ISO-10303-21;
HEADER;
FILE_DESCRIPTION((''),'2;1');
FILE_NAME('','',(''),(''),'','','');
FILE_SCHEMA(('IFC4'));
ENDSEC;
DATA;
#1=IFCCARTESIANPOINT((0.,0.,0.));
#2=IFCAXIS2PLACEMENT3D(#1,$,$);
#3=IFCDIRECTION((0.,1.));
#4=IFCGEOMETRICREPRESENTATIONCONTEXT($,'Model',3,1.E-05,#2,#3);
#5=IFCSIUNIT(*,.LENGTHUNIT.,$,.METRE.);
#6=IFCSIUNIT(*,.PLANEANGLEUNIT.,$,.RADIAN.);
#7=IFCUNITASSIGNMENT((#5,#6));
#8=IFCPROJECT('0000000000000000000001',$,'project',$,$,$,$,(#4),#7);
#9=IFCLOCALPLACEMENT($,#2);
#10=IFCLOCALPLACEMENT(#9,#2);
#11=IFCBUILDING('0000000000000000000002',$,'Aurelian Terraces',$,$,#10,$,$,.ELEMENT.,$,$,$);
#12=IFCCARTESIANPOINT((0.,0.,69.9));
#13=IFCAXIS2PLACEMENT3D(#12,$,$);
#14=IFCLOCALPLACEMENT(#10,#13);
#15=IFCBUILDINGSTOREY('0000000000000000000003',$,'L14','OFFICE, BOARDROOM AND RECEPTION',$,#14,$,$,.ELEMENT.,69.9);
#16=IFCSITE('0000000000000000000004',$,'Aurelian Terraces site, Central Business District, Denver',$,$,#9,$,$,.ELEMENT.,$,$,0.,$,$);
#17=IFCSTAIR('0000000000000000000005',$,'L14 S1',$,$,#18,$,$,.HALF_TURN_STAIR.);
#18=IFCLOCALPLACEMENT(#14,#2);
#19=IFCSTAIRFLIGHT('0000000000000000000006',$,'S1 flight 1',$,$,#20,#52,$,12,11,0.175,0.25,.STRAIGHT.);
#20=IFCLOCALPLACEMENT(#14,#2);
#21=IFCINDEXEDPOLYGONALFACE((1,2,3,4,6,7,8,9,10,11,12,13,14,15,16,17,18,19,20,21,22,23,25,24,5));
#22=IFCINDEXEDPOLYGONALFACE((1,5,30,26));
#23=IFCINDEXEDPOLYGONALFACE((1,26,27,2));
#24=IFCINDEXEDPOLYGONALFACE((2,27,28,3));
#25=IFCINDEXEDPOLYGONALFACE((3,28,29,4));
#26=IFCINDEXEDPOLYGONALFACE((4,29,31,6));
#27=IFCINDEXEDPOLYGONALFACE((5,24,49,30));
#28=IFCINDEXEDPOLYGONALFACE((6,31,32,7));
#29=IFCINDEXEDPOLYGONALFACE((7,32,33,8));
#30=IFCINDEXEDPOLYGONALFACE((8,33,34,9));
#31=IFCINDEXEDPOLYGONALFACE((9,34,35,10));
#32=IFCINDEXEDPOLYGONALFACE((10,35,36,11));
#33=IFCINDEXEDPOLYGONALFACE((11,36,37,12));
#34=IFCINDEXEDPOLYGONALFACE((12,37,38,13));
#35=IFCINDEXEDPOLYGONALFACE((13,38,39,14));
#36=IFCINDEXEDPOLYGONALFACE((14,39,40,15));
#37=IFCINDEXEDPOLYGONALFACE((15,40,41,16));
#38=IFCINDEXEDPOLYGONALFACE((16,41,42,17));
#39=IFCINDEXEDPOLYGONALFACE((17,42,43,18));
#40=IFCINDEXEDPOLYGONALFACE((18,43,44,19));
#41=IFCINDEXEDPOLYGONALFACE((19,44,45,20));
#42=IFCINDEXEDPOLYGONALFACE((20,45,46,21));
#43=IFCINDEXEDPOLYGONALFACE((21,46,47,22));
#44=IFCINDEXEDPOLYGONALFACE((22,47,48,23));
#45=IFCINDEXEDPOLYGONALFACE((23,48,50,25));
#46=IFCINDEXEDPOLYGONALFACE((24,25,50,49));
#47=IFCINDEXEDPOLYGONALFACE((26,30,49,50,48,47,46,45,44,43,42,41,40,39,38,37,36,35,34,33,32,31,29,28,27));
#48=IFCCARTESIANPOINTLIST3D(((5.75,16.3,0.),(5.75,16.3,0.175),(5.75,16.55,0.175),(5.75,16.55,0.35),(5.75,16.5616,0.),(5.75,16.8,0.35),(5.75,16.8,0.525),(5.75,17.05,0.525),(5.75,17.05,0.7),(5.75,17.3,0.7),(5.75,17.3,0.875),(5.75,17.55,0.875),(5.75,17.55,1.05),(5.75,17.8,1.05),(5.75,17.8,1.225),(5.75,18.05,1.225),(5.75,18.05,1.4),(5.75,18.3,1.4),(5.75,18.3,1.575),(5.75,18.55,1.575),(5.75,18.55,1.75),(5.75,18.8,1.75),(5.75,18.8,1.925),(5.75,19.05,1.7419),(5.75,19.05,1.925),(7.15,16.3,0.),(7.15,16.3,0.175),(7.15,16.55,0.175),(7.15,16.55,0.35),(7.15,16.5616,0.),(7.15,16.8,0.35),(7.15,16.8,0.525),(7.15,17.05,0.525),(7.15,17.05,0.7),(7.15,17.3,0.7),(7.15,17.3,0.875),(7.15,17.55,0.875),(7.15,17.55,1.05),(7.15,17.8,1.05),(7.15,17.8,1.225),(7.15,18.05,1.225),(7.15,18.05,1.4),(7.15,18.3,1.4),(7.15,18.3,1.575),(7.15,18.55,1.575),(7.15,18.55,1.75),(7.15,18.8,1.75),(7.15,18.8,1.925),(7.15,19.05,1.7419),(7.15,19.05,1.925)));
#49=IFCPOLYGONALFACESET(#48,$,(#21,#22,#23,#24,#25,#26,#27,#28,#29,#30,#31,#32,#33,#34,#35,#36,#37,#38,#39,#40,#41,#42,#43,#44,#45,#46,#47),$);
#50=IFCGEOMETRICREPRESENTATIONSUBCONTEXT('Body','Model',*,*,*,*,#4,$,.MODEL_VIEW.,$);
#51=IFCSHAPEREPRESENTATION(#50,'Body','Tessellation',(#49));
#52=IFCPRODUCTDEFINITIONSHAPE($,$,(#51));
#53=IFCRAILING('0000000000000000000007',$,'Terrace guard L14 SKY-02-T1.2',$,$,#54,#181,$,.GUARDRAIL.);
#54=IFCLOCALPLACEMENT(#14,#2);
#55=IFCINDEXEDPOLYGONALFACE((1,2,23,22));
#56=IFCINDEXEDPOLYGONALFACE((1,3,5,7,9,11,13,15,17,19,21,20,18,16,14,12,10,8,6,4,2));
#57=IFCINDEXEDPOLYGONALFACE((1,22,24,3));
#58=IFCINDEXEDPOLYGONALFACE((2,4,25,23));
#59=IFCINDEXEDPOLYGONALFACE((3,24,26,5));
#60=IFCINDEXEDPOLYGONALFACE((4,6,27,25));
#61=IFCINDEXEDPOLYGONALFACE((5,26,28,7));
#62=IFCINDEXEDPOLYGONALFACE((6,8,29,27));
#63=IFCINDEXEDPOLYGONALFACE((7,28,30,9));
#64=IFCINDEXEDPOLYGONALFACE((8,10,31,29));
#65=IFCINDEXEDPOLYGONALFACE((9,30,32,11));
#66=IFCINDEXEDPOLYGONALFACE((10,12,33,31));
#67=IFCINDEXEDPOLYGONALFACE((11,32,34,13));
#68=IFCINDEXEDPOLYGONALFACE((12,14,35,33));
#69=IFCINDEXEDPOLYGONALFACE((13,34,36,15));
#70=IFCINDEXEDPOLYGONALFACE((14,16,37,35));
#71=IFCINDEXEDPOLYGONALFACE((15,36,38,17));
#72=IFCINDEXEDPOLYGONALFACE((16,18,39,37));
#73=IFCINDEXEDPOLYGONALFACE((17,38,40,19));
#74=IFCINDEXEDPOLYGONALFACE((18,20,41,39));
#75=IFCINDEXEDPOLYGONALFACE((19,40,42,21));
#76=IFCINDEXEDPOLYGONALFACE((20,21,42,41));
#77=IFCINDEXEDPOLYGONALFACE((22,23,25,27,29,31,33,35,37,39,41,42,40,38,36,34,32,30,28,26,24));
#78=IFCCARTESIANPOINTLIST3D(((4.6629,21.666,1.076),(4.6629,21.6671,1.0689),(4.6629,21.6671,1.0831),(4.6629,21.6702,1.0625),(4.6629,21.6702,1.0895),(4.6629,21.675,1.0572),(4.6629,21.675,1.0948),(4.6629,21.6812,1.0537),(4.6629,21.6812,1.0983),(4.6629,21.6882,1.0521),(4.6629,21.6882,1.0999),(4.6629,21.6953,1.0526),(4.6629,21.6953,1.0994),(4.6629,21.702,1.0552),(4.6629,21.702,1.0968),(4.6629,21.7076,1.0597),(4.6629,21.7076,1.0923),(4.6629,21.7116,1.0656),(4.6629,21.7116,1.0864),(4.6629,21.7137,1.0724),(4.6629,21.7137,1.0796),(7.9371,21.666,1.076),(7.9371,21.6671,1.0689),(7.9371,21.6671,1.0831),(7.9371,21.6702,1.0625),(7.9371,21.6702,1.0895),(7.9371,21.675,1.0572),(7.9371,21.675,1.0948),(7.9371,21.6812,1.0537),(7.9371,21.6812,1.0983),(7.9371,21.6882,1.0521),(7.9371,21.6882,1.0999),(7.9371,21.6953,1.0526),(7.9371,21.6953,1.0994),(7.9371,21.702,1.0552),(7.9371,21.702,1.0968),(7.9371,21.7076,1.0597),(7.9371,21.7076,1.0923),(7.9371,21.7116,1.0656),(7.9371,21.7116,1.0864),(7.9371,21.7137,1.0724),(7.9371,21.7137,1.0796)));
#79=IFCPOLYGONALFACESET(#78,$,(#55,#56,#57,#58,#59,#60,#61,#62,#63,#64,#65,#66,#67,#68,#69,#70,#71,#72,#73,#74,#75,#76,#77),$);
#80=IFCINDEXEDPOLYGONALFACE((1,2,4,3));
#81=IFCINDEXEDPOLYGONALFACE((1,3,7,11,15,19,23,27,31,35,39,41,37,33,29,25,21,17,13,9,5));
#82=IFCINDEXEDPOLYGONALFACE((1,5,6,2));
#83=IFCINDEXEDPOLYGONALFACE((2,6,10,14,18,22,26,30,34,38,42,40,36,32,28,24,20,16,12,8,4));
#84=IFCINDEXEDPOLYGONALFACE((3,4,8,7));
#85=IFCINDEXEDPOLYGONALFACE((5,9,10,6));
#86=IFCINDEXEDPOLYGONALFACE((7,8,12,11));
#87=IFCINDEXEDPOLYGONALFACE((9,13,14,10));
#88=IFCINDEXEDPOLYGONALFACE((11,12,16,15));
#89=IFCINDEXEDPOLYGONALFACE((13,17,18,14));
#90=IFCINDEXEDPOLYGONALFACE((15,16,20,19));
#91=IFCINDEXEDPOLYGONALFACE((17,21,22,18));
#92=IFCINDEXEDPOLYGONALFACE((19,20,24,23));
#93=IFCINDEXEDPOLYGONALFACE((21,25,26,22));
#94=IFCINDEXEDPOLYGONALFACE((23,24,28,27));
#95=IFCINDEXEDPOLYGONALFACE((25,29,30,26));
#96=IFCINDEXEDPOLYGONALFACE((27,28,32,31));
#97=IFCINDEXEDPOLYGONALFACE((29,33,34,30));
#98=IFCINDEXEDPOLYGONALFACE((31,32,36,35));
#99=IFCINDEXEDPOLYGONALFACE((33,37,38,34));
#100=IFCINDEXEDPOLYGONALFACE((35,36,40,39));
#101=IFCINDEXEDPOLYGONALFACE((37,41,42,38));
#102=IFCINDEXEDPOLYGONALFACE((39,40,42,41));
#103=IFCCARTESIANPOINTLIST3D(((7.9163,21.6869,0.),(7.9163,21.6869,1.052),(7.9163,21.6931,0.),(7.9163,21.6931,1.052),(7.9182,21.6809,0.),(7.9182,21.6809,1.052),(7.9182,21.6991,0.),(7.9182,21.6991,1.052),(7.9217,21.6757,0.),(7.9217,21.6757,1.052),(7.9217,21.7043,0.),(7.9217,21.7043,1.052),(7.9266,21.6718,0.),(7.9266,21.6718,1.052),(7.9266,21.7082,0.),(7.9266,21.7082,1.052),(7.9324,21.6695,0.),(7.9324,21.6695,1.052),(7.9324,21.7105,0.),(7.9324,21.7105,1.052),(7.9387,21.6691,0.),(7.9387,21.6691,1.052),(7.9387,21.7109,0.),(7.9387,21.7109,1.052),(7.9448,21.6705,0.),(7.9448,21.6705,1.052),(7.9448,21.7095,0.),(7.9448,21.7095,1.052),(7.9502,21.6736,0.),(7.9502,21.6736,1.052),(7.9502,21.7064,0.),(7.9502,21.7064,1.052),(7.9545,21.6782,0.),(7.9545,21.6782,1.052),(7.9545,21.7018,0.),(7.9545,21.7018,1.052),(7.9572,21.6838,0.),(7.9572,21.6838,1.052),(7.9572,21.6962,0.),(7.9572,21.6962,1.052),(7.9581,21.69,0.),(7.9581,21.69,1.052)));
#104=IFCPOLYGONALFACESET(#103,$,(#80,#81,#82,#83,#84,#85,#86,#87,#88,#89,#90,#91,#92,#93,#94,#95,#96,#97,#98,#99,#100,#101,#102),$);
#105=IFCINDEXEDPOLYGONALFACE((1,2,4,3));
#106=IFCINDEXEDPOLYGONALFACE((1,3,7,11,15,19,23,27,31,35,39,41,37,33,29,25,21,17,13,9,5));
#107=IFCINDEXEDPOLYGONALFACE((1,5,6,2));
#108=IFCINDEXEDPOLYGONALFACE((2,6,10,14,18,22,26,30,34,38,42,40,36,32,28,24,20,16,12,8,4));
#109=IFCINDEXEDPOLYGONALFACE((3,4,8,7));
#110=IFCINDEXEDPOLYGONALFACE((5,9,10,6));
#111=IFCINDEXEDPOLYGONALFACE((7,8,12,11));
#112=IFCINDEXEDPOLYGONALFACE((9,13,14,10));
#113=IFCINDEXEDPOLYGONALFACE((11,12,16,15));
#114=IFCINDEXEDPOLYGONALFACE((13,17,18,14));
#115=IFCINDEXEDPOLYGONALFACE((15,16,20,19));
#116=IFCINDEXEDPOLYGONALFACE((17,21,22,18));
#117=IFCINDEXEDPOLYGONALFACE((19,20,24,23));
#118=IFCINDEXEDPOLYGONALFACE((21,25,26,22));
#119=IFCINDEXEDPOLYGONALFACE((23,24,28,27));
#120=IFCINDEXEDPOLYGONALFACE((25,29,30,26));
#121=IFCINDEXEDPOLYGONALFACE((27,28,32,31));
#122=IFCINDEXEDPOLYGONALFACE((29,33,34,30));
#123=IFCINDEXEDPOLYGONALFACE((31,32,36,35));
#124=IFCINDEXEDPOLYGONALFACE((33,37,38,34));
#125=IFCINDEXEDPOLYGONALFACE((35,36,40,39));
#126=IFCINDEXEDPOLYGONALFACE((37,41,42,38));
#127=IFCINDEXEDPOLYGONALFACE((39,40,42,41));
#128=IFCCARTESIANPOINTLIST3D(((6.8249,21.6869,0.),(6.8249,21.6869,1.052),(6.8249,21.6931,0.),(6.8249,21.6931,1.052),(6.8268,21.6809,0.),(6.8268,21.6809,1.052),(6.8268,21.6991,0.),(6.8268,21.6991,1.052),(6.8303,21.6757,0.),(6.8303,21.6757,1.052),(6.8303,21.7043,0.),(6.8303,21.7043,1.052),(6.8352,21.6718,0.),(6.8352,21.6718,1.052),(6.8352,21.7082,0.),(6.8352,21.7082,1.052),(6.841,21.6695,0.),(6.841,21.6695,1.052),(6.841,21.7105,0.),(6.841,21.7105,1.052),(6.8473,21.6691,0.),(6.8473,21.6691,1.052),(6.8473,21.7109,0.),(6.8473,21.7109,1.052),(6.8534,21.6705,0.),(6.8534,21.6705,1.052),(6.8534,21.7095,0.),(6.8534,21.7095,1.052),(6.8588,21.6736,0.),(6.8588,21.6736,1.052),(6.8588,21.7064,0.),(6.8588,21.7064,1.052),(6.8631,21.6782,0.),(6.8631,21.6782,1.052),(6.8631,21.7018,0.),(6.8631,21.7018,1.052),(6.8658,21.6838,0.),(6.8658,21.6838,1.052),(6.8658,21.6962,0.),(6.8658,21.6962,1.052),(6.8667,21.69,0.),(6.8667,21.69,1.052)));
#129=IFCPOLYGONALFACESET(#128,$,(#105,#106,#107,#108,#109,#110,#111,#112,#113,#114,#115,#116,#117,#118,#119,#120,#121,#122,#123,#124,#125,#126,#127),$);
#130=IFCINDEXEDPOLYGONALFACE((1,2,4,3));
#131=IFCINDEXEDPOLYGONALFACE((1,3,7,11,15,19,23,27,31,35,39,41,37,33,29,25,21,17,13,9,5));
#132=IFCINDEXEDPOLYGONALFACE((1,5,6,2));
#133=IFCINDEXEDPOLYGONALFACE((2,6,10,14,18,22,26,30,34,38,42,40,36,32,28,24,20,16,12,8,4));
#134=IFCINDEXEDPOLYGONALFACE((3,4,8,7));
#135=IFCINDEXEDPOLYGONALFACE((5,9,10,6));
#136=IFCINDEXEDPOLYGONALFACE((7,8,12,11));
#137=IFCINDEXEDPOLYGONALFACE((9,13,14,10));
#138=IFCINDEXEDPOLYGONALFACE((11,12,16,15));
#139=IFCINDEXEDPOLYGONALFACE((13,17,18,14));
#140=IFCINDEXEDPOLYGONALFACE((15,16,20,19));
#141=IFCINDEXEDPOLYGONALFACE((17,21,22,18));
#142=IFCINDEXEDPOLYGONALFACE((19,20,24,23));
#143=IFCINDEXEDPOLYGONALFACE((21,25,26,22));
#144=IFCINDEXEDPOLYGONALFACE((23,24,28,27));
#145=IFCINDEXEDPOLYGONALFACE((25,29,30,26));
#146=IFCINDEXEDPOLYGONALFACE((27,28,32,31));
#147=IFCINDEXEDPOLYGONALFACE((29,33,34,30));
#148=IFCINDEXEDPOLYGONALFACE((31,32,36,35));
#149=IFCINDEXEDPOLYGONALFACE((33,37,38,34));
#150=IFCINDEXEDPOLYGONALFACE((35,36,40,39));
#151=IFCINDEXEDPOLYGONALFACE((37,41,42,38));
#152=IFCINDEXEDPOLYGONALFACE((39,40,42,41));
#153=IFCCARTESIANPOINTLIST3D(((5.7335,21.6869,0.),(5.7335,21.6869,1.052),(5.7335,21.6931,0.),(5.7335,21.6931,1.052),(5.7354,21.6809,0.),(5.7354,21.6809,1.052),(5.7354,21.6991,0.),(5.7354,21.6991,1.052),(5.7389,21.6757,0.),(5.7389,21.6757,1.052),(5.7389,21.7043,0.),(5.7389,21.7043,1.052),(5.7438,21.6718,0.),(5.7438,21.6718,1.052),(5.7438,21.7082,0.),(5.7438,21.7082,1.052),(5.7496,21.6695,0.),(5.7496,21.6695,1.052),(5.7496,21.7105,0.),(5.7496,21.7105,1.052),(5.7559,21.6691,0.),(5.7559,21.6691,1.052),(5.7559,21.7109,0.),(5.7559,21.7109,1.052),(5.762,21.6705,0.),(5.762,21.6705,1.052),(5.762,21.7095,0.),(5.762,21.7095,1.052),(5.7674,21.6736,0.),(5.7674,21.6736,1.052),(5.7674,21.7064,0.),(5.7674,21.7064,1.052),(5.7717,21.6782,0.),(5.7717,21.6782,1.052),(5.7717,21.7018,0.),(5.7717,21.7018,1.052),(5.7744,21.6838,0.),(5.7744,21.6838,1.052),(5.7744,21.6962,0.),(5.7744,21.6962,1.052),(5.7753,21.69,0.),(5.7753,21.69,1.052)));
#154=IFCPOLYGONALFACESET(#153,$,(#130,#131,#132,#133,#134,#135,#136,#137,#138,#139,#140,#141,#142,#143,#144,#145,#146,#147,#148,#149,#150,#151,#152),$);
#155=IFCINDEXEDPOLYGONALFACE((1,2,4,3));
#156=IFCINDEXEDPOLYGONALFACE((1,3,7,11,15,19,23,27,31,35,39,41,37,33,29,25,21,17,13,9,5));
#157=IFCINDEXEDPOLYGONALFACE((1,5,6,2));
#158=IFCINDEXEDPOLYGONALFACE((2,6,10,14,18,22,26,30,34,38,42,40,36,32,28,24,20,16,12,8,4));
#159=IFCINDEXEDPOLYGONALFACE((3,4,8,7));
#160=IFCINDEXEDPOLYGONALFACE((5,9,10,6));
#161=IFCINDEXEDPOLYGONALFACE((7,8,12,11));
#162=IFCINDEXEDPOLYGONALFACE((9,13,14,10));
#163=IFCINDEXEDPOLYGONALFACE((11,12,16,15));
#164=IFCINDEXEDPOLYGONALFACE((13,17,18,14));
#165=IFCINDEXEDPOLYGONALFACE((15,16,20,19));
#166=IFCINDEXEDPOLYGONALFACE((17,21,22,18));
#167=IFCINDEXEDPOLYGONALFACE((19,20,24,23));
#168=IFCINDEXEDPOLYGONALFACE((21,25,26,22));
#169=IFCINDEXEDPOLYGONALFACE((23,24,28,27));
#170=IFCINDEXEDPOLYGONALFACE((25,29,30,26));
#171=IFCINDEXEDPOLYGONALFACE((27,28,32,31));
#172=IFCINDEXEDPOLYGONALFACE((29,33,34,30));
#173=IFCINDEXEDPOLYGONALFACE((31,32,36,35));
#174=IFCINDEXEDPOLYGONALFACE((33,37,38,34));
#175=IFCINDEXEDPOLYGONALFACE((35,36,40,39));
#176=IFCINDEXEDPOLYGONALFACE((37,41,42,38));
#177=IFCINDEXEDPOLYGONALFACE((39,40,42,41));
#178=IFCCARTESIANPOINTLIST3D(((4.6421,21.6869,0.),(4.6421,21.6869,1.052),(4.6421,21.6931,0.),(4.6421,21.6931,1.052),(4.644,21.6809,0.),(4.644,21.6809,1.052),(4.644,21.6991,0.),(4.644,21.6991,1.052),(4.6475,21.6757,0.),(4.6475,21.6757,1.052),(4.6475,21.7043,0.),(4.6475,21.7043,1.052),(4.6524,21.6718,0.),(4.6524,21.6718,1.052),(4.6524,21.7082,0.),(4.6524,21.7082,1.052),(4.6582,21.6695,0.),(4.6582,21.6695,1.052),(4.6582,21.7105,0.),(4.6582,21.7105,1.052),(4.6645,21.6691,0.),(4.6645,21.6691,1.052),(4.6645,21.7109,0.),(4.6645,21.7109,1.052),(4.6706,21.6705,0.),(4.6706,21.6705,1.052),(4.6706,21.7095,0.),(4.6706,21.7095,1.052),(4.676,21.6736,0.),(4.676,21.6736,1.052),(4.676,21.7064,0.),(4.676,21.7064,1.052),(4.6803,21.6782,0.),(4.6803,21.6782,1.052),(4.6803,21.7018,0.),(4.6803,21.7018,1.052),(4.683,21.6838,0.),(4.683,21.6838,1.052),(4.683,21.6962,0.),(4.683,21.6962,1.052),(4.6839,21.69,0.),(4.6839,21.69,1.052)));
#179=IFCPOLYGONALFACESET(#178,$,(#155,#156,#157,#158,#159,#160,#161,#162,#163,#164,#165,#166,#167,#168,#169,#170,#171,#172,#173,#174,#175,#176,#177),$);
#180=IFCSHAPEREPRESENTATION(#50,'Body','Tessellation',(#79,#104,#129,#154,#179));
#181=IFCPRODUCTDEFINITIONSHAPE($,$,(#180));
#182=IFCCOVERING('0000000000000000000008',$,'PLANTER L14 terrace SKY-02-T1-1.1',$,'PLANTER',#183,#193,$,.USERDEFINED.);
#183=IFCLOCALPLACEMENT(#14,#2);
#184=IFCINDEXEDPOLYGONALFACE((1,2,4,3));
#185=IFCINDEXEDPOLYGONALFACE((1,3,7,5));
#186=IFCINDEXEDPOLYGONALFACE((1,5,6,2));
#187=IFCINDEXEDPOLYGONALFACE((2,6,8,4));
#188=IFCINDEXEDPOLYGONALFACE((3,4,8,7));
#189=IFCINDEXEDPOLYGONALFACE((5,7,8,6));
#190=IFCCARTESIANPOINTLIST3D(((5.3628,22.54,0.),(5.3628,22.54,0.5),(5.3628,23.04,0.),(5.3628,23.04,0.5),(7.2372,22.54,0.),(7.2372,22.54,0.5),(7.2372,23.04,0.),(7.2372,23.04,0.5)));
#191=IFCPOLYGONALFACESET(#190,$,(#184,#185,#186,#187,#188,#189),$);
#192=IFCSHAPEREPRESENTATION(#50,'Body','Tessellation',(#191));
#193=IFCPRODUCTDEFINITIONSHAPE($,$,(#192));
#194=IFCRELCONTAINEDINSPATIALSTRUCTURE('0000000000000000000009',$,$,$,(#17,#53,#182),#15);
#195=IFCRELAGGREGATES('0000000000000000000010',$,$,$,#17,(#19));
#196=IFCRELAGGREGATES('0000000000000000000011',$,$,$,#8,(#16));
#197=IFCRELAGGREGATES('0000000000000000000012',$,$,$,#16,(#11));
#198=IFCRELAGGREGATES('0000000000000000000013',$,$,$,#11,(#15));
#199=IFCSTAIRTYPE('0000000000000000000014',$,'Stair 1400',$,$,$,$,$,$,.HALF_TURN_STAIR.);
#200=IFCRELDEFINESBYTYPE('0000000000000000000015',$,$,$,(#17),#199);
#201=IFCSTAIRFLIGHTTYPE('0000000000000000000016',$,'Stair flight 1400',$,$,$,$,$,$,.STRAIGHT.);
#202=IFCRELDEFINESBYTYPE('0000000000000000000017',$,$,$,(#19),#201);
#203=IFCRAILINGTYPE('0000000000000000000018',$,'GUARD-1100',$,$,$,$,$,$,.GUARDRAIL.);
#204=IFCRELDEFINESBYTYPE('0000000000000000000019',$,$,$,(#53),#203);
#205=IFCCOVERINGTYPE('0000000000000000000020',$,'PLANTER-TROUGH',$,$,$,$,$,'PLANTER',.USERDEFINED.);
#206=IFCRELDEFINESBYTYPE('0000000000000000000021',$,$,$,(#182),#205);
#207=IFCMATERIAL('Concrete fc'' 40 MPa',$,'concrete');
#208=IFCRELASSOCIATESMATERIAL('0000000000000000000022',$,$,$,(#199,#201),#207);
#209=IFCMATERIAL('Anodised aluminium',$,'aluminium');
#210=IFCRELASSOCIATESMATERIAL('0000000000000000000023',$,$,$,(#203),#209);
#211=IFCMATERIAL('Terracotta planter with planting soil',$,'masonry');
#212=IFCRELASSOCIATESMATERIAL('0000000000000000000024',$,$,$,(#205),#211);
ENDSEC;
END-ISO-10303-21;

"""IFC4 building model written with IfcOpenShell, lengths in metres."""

from ifc_helpers import new_model, si_unit, direction, frame, origin, origin_2d, place, context, subcontext, project, spatial, polyline, rectangle, circle, outline, extrude, source, transform, mapped, material, type_object, element, aggregate, save


model = new_model("IFC4")

# Units and contexts
model_context = context("Model", 3, precision=1e-05, world=origin(), true_north=direction((0.0, 1.0)))
body_context = subcontext(model_context, "Body", "Model", "MODEL_VIEW")
ifc_project = project(units=[si_unit("LENGTHUNIT", "METRE"), si_unit("PLANEANGLEUNIT", "RADIAN")], contexts=[model_context])

# Site, building, storey
site_placement = place(None, origin())
site = spatial("IfcSite", under=ifc_project, at=site_placement, Name="Aurelian Terraces site, Central Business District, Denver", CompositionType="ELEMENT", RefElevation=0.0)
building_placement = place(site_placement, origin())
building = spatial("IfcBuilding", under=site, at=building_placement, Name="Aurelian Terraces", CompositionType="ELEMENT")
storey_placement = place(building_placement, frame((0.0, 0.0, 69.9)))
storey = spatial("IfcBuildingStorey", under=building, at=storey_placement, Name="L14", Description="OFFICE, BOARDROOM AND RECEPTION", CompositionType="ELEMENT", Elevation=69.9)

# Shared definitions
ifc_material_1 = material(Name="Anodised aluminium", Category="aluminium")

# Shared definitions
ifc_material_2 = material(Name="Concrete fc' 40 MPa", Category="concrete")

# Stair, stair flight
stair_type = type_object("IfcStairType", Name="Stair 1400", PredefinedType="HALF_TURN_STAIR", material=ifc_material_2)
stair_placement = place(storey_placement, origin())
stair = element("IfcStair", 1, at=stair_placement, inside=storey, type_object=stair_type, Name="L14 S1", PredefinedType="HALF_TURN_STAIR")
stair_flight_type = type_object("IfcStairFlightType", Name="Stair flight 1400", PredefinedType="STRAIGHT", material=ifc_material_2)
shared_shape_1 = source(origin(), body_context, "Body", "SweptSolid", [
    extrude(outline(polyline([(0.0, 0.0), (0.0, 0.175), (0.25, 0.175), (0.25, 0.35), (0.5, 0.35), (0.5, 0.525), (0.75, 0.525), (0.75, 0.7), (1.0, 0.7), (1.0, 0.875), (1.25, 0.875), (1.25, 1.05), (1.5, 1.05), (1.5, 1.225), (1.75, 1.225), (1.75, 1.4), (2.0, 1.4), (2.0, 1.575), (2.25, 1.575), (2.25, 1.75), (2.5, 1.75), (2.5, 1.925), (2.75, 1.925), (2.75, 2.1), (2.75, 1.7419), (0.2616, 0.0), (0.0, 0.0)])), frame((0.0, 0.7, 0.0), z_axis=(0.0, -1.0, 0.0), x_axis=(1.0, 0.0, 0.0)), (0.0, 0.0, 1.0), 1.4),
])
stair_flight_placement = place(storey_placement, frame((6.45, 16.3, 0.0), z_axis=(0.0, 0.0, 1.0), x_axis=(0.0, 1.0, 0.0)))
stair_flight = element("IfcStairFlight", 2, at=stair_flight_placement, type_object=stair_flight_type, Name="S1 flight 1", NumberOfRisers=12, NumberOfTreads=11, PredefinedType="STRAIGHT", RiserHeight=0.175, TreadLength=0.25, context=body_context, shape_type="MappedRepresentation", body=[
    mapped(shared_shape_1, transform((0.0, 0.0, 0.0), scale=1.0)),
])
aggregate(stair, [stair_flight])

# Railing
railing_type_1 = type_object("IfcRailingType", Name="GUARD-1100", PredefinedType="GUARDRAIL", material=ifc_material_1)
railing_1_placement = place(storey_placement, frame((7.9371, 21.69, 0.0)))
element("IfcRailing", 3, at=railing_1_placement, inside=storey, type_object=railing_type_1, Name="Terrace guard L14 SKY-02-T1.2", PredefinedType="GUARDRAIL", context=body_context, shape_type="SweptSolid", body=[
    extrude(circle(Radius=0.024, at=origin_2d()), frame((0.0, 0.0, 1.076), z_axis=(-1.0, 0.0, 0.0), x_axis=(0.0, -1.0, 0.0)), (0.0, 0.0, 1.0), 3.2742),
    extrude(circle(Radius=0.021, at=origin_2d()), origin(), (0.0, 0.0, 1.0), 1.052),
    extrude(circle(Radius=0.021, at=origin_2d()), frame((-1.0914, 0.0, 0.0)), (0.0, 0.0, 1.0), 1.052),
    extrude(circle(Radius=0.021, at=origin_2d()), frame((-2.1828, 0.0, 0.0)), (0.0, 0.0, 1.0), 1.052),
    extrude(circle(Radius=0.021, at=origin_2d()), frame((-3.2742, 0.0, 0.0)), (0.0, 0.0, 1.0), 1.052),
])

# Covering
ifc_material_3 = material(Name="Terracotta planter with planting soil", Category="masonry")
covering_type = type_object("IfcCoveringType", Name="PLANTER-TROUGH", ElementType="PLANTER", PredefinedType="USERDEFINED", material=ifc_material_3)
covering_placement = place(storey_placement, frame((6.3, 22.79, 0.0), z_axis=(0.0, 0.0, 1.0), x_axis=(1.0, 0.0, 0.0)))
element("IfcCovering", 4, at=covering_placement, inside=storey, type_object=covering_type, Name="PLANTER L14 terrace SKY-02-T1-1.1", ObjectType="PLANTER", PredefinedType="USERDEFINED", context=body_context, shape_type="SweptSolid", body=[
    extrude(rectangle(XDim=1.8743, YDim=0.5, at=origin_2d()), origin(), (0.0, 0.0, 1.0), 0.5),
])

save(model, "model.ifc")
